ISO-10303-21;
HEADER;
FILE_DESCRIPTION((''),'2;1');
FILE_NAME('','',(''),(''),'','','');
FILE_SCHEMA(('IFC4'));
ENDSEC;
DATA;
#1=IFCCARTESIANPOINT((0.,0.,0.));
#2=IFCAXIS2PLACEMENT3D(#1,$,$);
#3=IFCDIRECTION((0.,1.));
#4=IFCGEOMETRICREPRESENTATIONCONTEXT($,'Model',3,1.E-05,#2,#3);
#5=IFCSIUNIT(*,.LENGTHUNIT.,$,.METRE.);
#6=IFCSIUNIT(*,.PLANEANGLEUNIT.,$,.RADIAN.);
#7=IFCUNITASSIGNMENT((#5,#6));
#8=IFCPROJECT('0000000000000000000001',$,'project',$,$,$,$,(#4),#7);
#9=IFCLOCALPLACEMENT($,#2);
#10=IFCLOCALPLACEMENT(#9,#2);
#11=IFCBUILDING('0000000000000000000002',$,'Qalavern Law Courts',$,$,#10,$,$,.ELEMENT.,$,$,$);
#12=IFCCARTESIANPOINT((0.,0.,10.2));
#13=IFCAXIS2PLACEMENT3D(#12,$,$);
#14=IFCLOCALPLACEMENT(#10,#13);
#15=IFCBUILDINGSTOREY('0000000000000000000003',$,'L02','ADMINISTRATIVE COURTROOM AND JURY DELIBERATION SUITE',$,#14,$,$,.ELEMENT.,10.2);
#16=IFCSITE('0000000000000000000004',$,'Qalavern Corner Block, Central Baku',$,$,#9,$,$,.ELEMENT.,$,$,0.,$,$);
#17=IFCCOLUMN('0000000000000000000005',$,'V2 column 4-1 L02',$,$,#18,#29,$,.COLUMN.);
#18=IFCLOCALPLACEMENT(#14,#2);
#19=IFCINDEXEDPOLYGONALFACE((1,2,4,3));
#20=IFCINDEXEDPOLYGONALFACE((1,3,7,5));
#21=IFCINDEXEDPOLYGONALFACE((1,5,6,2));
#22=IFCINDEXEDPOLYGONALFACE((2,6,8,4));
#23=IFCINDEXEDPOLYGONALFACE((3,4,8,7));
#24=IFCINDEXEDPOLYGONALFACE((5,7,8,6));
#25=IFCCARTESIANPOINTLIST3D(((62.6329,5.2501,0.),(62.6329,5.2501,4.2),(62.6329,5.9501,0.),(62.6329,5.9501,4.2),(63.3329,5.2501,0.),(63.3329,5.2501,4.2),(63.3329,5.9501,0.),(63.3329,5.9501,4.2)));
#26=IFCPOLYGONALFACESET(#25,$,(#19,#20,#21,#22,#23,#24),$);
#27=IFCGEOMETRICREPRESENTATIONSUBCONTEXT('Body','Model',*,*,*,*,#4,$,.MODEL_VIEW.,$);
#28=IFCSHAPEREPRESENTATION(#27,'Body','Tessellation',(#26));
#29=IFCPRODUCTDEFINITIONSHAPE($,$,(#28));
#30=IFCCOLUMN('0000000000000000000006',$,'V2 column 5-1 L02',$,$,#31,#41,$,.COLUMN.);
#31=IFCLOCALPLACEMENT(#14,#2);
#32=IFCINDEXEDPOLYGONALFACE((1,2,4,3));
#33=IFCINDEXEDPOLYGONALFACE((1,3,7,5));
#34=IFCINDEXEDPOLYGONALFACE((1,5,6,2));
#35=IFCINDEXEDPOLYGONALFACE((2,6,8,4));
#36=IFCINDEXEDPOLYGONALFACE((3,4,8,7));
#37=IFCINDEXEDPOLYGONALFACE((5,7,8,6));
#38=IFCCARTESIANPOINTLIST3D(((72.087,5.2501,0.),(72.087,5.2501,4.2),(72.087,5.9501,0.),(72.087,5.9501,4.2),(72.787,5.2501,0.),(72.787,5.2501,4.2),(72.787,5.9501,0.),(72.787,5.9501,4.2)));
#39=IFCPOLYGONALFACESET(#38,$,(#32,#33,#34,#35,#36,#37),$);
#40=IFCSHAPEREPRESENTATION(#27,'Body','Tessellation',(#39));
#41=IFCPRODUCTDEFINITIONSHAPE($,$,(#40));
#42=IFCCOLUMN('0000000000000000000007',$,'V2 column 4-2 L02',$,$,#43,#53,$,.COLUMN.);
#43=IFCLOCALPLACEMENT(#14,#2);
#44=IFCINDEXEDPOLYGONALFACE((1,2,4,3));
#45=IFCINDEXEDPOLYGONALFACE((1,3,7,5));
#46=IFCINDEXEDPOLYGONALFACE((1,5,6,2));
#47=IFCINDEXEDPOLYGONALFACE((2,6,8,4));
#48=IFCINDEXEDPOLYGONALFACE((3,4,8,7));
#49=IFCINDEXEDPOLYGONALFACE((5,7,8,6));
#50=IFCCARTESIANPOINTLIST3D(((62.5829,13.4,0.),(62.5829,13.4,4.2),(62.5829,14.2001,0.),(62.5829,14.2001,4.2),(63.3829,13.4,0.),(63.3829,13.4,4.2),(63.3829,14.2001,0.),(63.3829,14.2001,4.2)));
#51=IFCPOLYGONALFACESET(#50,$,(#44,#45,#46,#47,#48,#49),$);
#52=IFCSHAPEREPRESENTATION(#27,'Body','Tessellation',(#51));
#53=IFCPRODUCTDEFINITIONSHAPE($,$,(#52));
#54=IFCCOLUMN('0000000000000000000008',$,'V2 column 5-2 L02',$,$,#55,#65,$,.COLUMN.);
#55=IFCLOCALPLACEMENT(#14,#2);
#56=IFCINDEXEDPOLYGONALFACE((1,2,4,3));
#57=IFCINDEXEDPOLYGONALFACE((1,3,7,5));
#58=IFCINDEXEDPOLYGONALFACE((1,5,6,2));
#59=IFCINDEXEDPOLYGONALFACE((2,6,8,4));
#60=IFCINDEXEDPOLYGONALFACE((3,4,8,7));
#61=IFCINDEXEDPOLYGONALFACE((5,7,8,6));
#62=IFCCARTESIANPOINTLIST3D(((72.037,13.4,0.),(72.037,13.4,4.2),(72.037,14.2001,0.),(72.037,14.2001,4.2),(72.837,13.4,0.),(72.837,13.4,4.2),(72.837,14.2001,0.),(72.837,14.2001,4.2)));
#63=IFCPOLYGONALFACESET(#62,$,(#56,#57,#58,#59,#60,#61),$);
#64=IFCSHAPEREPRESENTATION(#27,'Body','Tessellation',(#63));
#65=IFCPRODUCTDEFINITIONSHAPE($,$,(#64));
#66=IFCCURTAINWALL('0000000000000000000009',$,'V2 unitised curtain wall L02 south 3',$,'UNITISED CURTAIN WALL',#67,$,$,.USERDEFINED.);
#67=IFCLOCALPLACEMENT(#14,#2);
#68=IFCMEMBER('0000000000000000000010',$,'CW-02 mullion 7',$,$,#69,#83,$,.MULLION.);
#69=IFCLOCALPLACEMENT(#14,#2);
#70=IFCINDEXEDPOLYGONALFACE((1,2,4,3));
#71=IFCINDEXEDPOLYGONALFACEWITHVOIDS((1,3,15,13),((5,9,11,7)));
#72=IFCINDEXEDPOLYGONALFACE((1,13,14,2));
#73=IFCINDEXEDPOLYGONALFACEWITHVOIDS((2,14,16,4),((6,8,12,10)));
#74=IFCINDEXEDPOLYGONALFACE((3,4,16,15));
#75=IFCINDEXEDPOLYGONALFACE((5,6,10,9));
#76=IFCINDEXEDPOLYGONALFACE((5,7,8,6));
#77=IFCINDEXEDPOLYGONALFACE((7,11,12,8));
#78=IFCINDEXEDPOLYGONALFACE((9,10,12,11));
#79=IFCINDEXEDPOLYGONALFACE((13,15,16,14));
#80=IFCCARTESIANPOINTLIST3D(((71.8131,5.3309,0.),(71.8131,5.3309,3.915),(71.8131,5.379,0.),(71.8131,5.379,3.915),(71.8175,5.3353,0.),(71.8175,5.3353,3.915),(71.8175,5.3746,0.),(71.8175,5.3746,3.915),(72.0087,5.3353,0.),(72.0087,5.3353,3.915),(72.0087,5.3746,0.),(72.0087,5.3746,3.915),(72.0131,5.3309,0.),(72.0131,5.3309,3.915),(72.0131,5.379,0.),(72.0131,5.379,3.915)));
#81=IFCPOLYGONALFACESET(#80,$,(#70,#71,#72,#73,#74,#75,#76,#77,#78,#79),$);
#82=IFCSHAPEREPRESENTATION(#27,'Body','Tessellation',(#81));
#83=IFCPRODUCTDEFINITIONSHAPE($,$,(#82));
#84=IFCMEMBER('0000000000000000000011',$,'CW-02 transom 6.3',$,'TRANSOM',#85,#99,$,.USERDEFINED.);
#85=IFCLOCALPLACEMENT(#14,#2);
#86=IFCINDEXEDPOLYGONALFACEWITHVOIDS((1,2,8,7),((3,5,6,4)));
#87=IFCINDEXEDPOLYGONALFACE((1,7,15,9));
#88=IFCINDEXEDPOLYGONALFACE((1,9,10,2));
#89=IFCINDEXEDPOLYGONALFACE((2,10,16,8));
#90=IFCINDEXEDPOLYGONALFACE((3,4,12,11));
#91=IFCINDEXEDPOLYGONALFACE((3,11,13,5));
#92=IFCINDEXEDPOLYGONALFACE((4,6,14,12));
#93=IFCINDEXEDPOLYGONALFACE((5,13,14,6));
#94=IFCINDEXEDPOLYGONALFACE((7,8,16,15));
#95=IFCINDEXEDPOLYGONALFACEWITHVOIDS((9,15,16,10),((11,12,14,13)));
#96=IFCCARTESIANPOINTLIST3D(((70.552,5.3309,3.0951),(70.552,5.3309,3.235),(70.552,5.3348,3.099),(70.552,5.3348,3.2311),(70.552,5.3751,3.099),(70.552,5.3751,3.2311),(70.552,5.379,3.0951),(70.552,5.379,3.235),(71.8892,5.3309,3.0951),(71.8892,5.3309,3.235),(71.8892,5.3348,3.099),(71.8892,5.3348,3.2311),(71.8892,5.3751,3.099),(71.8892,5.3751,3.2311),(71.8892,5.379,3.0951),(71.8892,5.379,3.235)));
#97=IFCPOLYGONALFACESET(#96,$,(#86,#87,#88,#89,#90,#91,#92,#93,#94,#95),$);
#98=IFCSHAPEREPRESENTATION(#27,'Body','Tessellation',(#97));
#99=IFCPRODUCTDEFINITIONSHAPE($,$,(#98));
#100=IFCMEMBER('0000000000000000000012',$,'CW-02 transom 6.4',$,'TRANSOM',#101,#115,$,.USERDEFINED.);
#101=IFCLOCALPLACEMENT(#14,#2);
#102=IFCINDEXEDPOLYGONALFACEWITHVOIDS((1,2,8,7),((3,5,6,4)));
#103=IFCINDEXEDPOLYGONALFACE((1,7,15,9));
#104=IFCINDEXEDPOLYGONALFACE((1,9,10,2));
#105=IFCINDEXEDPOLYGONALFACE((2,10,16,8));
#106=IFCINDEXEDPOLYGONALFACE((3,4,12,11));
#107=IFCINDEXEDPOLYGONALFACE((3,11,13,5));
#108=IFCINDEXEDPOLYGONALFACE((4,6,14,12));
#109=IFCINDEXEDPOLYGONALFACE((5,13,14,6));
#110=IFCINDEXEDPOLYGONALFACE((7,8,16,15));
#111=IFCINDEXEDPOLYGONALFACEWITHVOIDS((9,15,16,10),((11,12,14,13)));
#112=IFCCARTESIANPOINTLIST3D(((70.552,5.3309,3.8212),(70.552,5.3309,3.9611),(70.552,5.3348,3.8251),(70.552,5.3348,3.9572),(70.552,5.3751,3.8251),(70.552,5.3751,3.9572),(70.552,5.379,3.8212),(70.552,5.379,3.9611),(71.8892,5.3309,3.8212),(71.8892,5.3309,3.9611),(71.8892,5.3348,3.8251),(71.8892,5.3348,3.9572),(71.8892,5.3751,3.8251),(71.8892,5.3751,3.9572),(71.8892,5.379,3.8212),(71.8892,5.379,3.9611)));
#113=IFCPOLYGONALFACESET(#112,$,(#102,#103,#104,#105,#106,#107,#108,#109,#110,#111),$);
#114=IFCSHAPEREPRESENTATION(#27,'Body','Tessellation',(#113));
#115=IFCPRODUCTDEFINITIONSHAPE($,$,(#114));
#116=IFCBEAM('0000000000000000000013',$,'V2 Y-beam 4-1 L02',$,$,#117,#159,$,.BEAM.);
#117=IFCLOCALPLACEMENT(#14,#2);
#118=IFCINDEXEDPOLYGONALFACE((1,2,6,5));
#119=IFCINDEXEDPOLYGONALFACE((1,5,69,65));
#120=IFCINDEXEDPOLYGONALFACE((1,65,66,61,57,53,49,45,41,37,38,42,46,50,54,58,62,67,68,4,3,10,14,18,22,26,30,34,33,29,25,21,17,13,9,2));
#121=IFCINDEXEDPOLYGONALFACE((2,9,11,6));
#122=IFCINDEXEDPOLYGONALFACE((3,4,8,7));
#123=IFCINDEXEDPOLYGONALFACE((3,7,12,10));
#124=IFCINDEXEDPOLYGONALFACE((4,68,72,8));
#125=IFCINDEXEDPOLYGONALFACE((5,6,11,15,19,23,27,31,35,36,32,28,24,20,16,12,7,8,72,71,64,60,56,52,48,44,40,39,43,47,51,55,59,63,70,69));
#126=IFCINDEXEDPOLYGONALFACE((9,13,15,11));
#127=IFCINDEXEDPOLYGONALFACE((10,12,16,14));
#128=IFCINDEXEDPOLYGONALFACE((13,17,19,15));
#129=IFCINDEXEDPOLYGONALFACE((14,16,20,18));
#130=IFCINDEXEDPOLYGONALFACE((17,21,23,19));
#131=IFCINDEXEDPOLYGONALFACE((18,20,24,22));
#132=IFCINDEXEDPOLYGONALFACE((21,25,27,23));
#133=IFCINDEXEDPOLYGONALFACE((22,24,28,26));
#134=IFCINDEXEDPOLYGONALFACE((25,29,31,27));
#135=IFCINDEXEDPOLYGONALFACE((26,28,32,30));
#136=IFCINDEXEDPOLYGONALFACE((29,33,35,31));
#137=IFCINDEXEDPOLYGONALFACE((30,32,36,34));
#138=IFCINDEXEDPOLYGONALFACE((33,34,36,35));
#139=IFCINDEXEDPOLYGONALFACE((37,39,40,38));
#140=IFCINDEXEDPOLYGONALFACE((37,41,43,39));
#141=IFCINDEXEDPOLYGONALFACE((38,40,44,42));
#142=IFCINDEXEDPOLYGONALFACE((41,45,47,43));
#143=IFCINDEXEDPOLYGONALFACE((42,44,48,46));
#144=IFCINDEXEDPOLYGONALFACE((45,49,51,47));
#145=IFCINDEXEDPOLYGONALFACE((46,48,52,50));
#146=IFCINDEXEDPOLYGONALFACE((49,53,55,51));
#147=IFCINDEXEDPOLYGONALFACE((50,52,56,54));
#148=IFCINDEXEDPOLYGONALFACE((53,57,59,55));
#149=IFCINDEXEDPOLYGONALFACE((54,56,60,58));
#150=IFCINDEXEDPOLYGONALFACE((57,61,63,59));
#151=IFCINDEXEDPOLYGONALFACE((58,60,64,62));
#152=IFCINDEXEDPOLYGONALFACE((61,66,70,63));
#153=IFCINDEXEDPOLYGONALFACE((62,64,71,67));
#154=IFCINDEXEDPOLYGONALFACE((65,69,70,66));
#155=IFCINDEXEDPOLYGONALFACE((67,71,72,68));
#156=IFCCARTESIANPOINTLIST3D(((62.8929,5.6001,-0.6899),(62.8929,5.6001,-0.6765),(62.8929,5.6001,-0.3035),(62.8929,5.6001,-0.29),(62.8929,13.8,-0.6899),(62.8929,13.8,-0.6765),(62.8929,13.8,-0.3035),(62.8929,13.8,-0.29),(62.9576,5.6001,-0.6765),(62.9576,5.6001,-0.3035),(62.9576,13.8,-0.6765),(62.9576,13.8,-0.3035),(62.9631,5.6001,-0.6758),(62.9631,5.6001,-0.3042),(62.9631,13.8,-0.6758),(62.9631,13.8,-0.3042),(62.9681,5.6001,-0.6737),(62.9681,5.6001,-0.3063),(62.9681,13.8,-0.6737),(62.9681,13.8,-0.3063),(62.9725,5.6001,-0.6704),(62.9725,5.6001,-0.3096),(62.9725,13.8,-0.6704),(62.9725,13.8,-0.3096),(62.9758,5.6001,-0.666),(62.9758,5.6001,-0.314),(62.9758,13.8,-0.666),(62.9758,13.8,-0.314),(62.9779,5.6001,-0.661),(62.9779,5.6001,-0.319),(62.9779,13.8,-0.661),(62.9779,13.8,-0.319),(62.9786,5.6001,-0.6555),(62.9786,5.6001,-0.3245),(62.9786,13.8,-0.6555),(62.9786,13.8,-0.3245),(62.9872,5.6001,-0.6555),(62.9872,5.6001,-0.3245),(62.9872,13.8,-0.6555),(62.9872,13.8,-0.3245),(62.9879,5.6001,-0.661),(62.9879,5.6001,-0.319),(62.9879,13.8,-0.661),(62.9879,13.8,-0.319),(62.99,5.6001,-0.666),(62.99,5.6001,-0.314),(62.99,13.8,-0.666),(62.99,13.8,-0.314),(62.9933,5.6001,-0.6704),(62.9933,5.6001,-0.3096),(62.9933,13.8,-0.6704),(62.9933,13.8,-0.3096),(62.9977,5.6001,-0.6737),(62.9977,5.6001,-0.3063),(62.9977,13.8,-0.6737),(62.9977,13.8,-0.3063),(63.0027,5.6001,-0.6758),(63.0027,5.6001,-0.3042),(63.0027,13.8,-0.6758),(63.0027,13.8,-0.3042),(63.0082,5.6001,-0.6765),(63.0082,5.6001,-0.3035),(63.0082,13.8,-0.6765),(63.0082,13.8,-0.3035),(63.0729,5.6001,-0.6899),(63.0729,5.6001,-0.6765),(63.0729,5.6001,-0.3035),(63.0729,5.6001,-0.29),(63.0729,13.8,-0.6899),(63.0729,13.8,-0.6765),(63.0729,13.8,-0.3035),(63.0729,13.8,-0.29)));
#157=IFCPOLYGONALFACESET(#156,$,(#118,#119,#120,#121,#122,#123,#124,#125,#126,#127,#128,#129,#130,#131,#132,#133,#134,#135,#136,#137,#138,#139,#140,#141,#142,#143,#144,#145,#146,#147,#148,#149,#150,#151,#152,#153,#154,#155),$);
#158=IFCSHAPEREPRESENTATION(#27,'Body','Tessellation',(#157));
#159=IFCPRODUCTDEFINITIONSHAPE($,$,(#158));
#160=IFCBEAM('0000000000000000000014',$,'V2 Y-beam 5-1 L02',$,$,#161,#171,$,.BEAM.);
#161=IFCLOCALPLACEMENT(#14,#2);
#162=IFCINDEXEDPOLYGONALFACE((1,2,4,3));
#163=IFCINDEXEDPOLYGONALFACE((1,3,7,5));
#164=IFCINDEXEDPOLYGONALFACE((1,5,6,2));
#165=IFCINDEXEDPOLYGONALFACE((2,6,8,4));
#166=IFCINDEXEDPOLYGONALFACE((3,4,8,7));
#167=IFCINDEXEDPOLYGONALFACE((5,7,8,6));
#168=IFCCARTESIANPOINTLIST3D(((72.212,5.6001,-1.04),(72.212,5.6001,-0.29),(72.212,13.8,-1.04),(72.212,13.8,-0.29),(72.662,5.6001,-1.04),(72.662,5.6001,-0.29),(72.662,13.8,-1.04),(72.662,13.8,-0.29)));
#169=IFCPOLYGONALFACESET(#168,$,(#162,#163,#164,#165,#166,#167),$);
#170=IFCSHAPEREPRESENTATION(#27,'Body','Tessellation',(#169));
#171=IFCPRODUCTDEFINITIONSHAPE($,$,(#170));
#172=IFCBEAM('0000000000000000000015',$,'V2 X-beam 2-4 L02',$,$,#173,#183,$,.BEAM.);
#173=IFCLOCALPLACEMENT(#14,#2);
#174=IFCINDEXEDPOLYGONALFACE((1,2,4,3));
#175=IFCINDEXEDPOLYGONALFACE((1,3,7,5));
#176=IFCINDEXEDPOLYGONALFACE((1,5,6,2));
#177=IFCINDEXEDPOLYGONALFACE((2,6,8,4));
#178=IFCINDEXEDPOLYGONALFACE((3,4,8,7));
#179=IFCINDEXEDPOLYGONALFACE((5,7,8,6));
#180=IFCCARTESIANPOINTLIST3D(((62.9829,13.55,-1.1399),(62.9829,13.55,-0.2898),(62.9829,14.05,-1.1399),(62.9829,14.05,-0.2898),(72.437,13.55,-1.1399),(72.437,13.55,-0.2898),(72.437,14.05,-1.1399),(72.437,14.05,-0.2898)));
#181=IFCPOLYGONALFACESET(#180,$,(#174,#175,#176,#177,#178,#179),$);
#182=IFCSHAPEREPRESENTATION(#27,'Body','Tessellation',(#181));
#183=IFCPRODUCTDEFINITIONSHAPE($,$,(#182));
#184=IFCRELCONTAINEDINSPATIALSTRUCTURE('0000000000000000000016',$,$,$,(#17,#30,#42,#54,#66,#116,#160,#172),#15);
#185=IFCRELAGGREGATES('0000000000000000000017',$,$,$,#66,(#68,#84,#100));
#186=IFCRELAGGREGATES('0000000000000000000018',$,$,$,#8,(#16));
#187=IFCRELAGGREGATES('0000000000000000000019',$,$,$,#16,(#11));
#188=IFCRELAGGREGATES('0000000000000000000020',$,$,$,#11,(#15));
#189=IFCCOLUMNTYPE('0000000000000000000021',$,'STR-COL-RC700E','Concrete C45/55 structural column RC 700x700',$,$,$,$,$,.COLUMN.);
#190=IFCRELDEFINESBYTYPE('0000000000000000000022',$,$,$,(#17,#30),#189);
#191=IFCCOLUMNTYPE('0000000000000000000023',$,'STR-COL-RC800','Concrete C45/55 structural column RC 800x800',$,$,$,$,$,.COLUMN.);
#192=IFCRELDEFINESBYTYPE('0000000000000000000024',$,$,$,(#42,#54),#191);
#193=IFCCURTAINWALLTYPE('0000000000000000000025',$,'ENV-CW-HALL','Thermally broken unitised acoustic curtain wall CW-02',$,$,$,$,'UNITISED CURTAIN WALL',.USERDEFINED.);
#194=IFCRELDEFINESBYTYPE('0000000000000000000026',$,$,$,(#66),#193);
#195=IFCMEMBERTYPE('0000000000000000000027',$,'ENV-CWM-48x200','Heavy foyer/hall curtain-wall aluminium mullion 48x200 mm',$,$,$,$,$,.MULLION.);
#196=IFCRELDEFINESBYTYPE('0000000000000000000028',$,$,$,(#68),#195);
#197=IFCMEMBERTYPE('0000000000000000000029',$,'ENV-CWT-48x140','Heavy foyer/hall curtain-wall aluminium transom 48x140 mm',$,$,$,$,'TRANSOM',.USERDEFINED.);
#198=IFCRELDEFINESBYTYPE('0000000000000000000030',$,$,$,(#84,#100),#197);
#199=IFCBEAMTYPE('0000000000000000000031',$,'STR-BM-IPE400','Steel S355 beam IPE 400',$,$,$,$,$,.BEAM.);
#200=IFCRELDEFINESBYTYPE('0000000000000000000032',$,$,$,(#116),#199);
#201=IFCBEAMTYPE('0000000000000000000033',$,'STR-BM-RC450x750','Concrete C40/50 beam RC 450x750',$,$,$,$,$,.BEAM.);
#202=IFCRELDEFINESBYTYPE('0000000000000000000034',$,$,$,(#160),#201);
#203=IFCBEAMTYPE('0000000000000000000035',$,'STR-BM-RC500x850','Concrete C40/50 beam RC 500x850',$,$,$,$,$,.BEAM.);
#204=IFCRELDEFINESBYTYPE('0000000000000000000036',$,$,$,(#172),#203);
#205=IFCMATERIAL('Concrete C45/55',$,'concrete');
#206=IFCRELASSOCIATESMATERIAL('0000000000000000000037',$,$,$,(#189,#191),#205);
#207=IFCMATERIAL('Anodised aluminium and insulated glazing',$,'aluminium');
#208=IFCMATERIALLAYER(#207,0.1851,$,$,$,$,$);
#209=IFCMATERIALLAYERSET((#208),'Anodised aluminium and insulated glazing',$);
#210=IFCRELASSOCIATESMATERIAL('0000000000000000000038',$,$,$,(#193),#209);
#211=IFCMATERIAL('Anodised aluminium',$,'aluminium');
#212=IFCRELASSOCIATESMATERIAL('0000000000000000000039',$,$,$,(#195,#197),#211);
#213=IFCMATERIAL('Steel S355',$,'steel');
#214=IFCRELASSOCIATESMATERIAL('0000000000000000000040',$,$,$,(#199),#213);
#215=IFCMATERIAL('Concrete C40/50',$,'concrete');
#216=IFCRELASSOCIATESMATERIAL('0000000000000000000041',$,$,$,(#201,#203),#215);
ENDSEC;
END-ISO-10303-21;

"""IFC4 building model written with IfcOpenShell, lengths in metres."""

from ifc_helpers import new_model, si_unit, direction, frame, origin, origin_2d, place, context, subcontext, project, spatial, rectangle, hollow_rectangle, i_section, extrude, material, layer, layer_set, material_profile, profile_set, type_object, element, aggregate, save


model = new_model("IFC4")

# Units and contexts
model_context = context("Model", 3, precision=1e-05, world=origin(), true_north=direction((0.0, 1.0)))
body_context = subcontext(model_context, "Body", "Model", "MODEL_VIEW")
ifc_project = project(units=[si_unit("LENGTHUNIT", "METRE"), si_unit("PLANEANGLEUNIT", "RADIAN")], contexts=[model_context])

# Site, building, storey
site_placement = place(None, origin())
site = spatial("IfcSite", under=ifc_project, at=site_placement, Name="Qalavern Corner Block, Central Baku", CompositionType="ELEMENT", RefElevation=0.0)
building_placement = place(site_placement, origin())
building = spatial("IfcBuilding", under=site, at=building_placement, Name="Qalavern Law Courts", CompositionType="ELEMENT")
storey_placement = place(building_placement, frame((0.0, 0.0, 10.2)))
storey = spatial("IfcBuildingStorey", under=building, at=storey_placement, Name="L02", Description="ADMINISTRATIVE COURTROOM AND JURY DELIBERATION SUITE", CompositionType="ELEMENT", Elevation=10.2)

# Columns
ifc_material_1 = material(Name="Concrete C45/55", Category="concrete")
ifc_material_profile_1 = material_profile(ifc_material_1, rectangle(XDim=0.7, YDim=0.7, at=origin_2d()), Name="RC 700x700")
ifc_profile_set_1 = profile_set([ifc_material_profile_1], Name="Concrete C45/55")
column_type_1 = type_object("IfcColumnType", Name="STR-COL-RC700E", Description="Concrete C45/55 structural column RC 700x700", PredefinedType="COLUMN", material=ifc_profile_set_1)
for number, where, z_axis, x_axis, name in (
    (1, (62.9829, 5.6001, 0.0), (0.0, 0.0, 1.0), (1.0, 0.0, 0.0), "V2 column 4-1 L02"),
    (2, (72.437, 5.6001, 0.0), (0.0, 0.0, 1.0), (1.0, 0.0, 0.0), "V2 column 5-1 L02"),
):
    element("IfcColumn", number, at=place(storey_placement, frame(where, z_axis=z_axis, x_axis=x_axis)), inside=storey, type_object=column_type_1, Name=name, PredefinedType="COLUMN", context=body_context, shape_type="SweptSolid", body=[
        extrude(rectangle(XDim=0.7, YDim=0.7, at=origin_2d()), origin(), (0.0, 0.0, 1.0), 4.2),
    ])
ifc_material_profile_2 = material_profile(ifc_material_1, rectangle(XDim=0.8, YDim=0.8, at=origin_2d()), Name="RC 800x800")
ifc_profile_set_2 = profile_set([ifc_material_profile_2], Name="Concrete C45/55")
column_type_2 = type_object("IfcColumnType", Name="STR-COL-RC800", Description="Concrete C45/55 structural column RC 800x800", PredefinedType="COLUMN", material=ifc_profile_set_2)
for number, where, z_axis, x_axis, name in (
    (3, (62.9829, 13.8, 0.0), (0.0, 0.0, 1.0), (1.0, 0.0, 0.0), "V2 column 4-2 L02"),
    (4, (72.437, 13.8, 0.0), (0.0, 0.0, 1.0), (1.0, 0.0, 0.0), "V2 column 5-2 L02"),
):
    element("IfcColumn", number, at=place(storey_placement, frame(where, z_axis=z_axis, x_axis=x_axis)), inside=storey, type_object=column_type_2, Name=name, PredefinedType="COLUMN", context=body_context, shape_type="SweptSolid", body=[
        extrude(rectangle(XDim=0.8, YDim=0.8, at=origin_2d()), origin(), (0.0, 0.0, 1.0), 4.2),
    ])

# Curtain wall, members
ifc_material_2 = material(Name="Anodised aluminium and insulated glazing", Category="aluminium")
ifc_layer_1 = layer(ifc_material_2, 0.1851)
ifc_layer_set_1 = layer_set([ifc_layer_1], Name="Anodised aluminium and insulated glazing")
curtain_wall_type = type_object("IfcCurtainWallType", Name="ENV-CW-HALL", Description="Thermally broken unitised acoustic curtain wall CW-02", ElementType="UNITISED CURTAIN WALL", PredefinedType="USERDEFINED", material=ifc_layer_set_1)
curtain_wall_placement = place(storey_placement, origin())
curtain_wall = element("IfcCurtainWall", 5, at=curtain_wall_placement, inside=storey, type_object=curtain_wall_type, Name="V2 unitised curtain wall L02 south 3", ObjectType="UNITISED CURTAIN WALL", PredefinedType="USERDEFINED")
ifc_material_3 = material(Name="Anodised aluminium", Category="aluminium")
ifc_material_profile_3 = material_profile(ifc_material_3, hollow_rectangle(XDim=0.0481, YDim=0.2, WallThickness=0.0044, at=origin_2d()), Name="ALU MULLION 48x200")
ifc_profile_set_3 = profile_set([ifc_material_profile_3], Name="Anodised aluminium")
member_type_1 = type_object("IfcMemberType", Name="ENV-CWM-48x200", Description="Heavy foyer/hall curtain-wall aluminium mullion 48x200 mm", PredefinedType="MULLION", material=ifc_profile_set_3)
member_1_placement = place(storey_placement, frame((71.9131, 5.355, 0.0), z_axis=(0.0, 0.0, 1.0), x_axis=(0.0, 1.0, 0.0)))
member_1 = element("IfcMember", 6, at=member_1_placement, type_object=member_type_1, Name="CW-02 mullion 7", PredefinedType="MULLION", context=body_context, shape_type="SweptSolid", body=[
    extrude(hollow_rectangle(XDim=0.0481, YDim=0.2, WallThickness=0.0044, at=origin_2d()), origin(), (0.0, 0.0, 1.0), 3.915),
])
ifc_material_profile_4 = material_profile(ifc_material_3, hollow_rectangle(XDim=0.0481, YDim=0.1399, WallThickness=0.0039, at=origin_2d()), Name="ALU TRANSOM 48x140")
ifc_profile_set_4 = profile_set([ifc_material_profile_4], Name="Anodised aluminium")
member_type_2 = type_object("IfcMemberType", Name="ENV-CWT-48x140", Description="Heavy foyer/hall curtain-wall aluminium transom 48x140 mm", ElementType="TRANSOM", PredefinedType="USERDEFINED", material=ifc_profile_set_4)
member_2_placement = place(storey_placement, frame((70.552, 5.355, 3.165), z_axis=(1.0, 0.0, 0.0), x_axis=(0.0, 1.0, 0.0)))
member_2 = element("IfcMember", 7, at=member_2_placement, type_object=member_type_2, Name="CW-02 transom 6.3", ObjectType="TRANSOM", PredefinedType="USERDEFINED", context=body_context, shape_type="SweptSolid", body=[
    extrude(hollow_rectangle(XDim=0.0481, YDim=0.1399, WallThickness=0.0039, at=origin_2d()), origin(), (0.0, 0.0, 1.0), 1.3372),
])
member_3_placement = place(storey_placement, frame((70.552, 5.355, 3.8911), z_axis=(1.0, 0.0, 0.0), x_axis=(0.0, 1.0, 0.0)))
member_3 = element("IfcMember", 8, at=member_3_placement, type_object=member_type_2, Name="CW-02 transom 6.4", ObjectType="TRANSOM", PredefinedType="USERDEFINED", context=body_context, shape_type="SweptSolid", body=[
    extrude(hollow_rectangle(XDim=0.0481, YDim=0.1399, WallThickness=0.0039, at=origin_2d()), origin(), (0.0, 0.0, 1.0), 1.3372),
])

# Beams
ifc_material_4 = material(Name="Steel S355", Category="steel")
ifc_material_profile_5 = material_profile(ifc_material_4, i_section(OverallWidth=0.1799, OverallDepth=0.3999, WebThickness=0.0085, FlangeThickness=0.0134, FilletRadius=0.021, at=origin_2d()), Name="IPE 400")
ifc_profile_set_5 = profile_set([ifc_material_profile_5], Name="Steel S355")
beam_type_1 = type_object("IfcBeamType", Name="STR-BM-IPE400", Description="Steel S355 beam IPE 400", PredefinedType="BEAM", material=ifc_profile_set_5)
beam_1_placement = place(storey_placement, frame((62.9829, 5.6001, -0.49), z_axis=(0.0, 1.0, 0.0), x_axis=(-1.0, 0.0, 0.0)))
element("IfcBeam", 9, at=beam_1_placement, inside=storey, type_object=beam_type_1, Name="V2 Y-beam 4-1 L02", PredefinedType="BEAM", context=body_context, shape_type="SweptSolid", body=[
    extrude(i_section(OverallWidth=0.1799, OverallDepth=0.3999, WebThickness=0.0085, FlangeThickness=0.0134, FilletRadius=0.021, at=origin_2d()), origin(), (0.0, 0.0, 1.0), 8.2),
])
ifc_material_5 = material(Name="Concrete C40/50", Category="concrete")
ifc_material_profile_6 = material_profile(ifc_material_5, rectangle(XDim=0.45, YDim=0.75, at=origin_2d()), Name="RC 450x750")
ifc_profile_set_6 = profile_set([ifc_material_profile_6], Name="Concrete C40/50")
beam_type_2 = type_object("IfcBeamType", Name="STR-BM-RC450x750", Description="Concrete C40/50 beam RC 450x750", PredefinedType="BEAM", material=ifc_profile_set_6)
beam_2_placement = place(storey_placement, frame((72.437, 5.6001, -0.665), z_axis=(0.0, 1.0, 0.0), x_axis=(-1.0, 0.0, 0.0)))
element("IfcBeam", 10, at=beam_2_placement, inside=storey, type_object=beam_type_2, Name="V2 Y-beam 5-1 L02", PredefinedType="BEAM", context=body_context, shape_type="SweptSolid", body=[
    extrude(rectangle(XDim=0.45, YDim=0.75, at=origin_2d()), origin(), (0.0, 0.0, 1.0), 8.2),
])
ifc_material_profile_7 = material_profile(ifc_material_5, rectangle(XDim=0.5, YDim=0.8501, at=origin_2d()), Name="RC 500x850")
ifc_profile_set_7 = profile_set([ifc_material_profile_7], Name="Concrete C40/50")
beam_type_3 = type_object("IfcBeamType", Name="STR-BM-RC500x850", Description="Concrete C40/50 beam RC 500x850", PredefinedType="BEAM", material=ifc_profile_set_7)
beam_3_placement = place(storey_placement, frame((62.9829, 13.8, -0.7148), z_axis=(1.0, 0.0, 0.0), x_axis=(0.0, 1.0, 0.0)))
element("IfcBeam", 11, at=beam_3_placement, inside=storey, type_object=beam_type_3, Name="V2 X-beam 2-4 L02", PredefinedType="BEAM", context=body_context, shape_type="SweptSolid", body=[
    extrude(rectangle(XDim=0.5, YDim=0.8501, at=origin_2d()), origin(), (0.0, 0.0, 1.0), 9.4541),
])

aggregate(curtain_wall, [member_1, member_2, member_3])

save(model, "model.ifc")
